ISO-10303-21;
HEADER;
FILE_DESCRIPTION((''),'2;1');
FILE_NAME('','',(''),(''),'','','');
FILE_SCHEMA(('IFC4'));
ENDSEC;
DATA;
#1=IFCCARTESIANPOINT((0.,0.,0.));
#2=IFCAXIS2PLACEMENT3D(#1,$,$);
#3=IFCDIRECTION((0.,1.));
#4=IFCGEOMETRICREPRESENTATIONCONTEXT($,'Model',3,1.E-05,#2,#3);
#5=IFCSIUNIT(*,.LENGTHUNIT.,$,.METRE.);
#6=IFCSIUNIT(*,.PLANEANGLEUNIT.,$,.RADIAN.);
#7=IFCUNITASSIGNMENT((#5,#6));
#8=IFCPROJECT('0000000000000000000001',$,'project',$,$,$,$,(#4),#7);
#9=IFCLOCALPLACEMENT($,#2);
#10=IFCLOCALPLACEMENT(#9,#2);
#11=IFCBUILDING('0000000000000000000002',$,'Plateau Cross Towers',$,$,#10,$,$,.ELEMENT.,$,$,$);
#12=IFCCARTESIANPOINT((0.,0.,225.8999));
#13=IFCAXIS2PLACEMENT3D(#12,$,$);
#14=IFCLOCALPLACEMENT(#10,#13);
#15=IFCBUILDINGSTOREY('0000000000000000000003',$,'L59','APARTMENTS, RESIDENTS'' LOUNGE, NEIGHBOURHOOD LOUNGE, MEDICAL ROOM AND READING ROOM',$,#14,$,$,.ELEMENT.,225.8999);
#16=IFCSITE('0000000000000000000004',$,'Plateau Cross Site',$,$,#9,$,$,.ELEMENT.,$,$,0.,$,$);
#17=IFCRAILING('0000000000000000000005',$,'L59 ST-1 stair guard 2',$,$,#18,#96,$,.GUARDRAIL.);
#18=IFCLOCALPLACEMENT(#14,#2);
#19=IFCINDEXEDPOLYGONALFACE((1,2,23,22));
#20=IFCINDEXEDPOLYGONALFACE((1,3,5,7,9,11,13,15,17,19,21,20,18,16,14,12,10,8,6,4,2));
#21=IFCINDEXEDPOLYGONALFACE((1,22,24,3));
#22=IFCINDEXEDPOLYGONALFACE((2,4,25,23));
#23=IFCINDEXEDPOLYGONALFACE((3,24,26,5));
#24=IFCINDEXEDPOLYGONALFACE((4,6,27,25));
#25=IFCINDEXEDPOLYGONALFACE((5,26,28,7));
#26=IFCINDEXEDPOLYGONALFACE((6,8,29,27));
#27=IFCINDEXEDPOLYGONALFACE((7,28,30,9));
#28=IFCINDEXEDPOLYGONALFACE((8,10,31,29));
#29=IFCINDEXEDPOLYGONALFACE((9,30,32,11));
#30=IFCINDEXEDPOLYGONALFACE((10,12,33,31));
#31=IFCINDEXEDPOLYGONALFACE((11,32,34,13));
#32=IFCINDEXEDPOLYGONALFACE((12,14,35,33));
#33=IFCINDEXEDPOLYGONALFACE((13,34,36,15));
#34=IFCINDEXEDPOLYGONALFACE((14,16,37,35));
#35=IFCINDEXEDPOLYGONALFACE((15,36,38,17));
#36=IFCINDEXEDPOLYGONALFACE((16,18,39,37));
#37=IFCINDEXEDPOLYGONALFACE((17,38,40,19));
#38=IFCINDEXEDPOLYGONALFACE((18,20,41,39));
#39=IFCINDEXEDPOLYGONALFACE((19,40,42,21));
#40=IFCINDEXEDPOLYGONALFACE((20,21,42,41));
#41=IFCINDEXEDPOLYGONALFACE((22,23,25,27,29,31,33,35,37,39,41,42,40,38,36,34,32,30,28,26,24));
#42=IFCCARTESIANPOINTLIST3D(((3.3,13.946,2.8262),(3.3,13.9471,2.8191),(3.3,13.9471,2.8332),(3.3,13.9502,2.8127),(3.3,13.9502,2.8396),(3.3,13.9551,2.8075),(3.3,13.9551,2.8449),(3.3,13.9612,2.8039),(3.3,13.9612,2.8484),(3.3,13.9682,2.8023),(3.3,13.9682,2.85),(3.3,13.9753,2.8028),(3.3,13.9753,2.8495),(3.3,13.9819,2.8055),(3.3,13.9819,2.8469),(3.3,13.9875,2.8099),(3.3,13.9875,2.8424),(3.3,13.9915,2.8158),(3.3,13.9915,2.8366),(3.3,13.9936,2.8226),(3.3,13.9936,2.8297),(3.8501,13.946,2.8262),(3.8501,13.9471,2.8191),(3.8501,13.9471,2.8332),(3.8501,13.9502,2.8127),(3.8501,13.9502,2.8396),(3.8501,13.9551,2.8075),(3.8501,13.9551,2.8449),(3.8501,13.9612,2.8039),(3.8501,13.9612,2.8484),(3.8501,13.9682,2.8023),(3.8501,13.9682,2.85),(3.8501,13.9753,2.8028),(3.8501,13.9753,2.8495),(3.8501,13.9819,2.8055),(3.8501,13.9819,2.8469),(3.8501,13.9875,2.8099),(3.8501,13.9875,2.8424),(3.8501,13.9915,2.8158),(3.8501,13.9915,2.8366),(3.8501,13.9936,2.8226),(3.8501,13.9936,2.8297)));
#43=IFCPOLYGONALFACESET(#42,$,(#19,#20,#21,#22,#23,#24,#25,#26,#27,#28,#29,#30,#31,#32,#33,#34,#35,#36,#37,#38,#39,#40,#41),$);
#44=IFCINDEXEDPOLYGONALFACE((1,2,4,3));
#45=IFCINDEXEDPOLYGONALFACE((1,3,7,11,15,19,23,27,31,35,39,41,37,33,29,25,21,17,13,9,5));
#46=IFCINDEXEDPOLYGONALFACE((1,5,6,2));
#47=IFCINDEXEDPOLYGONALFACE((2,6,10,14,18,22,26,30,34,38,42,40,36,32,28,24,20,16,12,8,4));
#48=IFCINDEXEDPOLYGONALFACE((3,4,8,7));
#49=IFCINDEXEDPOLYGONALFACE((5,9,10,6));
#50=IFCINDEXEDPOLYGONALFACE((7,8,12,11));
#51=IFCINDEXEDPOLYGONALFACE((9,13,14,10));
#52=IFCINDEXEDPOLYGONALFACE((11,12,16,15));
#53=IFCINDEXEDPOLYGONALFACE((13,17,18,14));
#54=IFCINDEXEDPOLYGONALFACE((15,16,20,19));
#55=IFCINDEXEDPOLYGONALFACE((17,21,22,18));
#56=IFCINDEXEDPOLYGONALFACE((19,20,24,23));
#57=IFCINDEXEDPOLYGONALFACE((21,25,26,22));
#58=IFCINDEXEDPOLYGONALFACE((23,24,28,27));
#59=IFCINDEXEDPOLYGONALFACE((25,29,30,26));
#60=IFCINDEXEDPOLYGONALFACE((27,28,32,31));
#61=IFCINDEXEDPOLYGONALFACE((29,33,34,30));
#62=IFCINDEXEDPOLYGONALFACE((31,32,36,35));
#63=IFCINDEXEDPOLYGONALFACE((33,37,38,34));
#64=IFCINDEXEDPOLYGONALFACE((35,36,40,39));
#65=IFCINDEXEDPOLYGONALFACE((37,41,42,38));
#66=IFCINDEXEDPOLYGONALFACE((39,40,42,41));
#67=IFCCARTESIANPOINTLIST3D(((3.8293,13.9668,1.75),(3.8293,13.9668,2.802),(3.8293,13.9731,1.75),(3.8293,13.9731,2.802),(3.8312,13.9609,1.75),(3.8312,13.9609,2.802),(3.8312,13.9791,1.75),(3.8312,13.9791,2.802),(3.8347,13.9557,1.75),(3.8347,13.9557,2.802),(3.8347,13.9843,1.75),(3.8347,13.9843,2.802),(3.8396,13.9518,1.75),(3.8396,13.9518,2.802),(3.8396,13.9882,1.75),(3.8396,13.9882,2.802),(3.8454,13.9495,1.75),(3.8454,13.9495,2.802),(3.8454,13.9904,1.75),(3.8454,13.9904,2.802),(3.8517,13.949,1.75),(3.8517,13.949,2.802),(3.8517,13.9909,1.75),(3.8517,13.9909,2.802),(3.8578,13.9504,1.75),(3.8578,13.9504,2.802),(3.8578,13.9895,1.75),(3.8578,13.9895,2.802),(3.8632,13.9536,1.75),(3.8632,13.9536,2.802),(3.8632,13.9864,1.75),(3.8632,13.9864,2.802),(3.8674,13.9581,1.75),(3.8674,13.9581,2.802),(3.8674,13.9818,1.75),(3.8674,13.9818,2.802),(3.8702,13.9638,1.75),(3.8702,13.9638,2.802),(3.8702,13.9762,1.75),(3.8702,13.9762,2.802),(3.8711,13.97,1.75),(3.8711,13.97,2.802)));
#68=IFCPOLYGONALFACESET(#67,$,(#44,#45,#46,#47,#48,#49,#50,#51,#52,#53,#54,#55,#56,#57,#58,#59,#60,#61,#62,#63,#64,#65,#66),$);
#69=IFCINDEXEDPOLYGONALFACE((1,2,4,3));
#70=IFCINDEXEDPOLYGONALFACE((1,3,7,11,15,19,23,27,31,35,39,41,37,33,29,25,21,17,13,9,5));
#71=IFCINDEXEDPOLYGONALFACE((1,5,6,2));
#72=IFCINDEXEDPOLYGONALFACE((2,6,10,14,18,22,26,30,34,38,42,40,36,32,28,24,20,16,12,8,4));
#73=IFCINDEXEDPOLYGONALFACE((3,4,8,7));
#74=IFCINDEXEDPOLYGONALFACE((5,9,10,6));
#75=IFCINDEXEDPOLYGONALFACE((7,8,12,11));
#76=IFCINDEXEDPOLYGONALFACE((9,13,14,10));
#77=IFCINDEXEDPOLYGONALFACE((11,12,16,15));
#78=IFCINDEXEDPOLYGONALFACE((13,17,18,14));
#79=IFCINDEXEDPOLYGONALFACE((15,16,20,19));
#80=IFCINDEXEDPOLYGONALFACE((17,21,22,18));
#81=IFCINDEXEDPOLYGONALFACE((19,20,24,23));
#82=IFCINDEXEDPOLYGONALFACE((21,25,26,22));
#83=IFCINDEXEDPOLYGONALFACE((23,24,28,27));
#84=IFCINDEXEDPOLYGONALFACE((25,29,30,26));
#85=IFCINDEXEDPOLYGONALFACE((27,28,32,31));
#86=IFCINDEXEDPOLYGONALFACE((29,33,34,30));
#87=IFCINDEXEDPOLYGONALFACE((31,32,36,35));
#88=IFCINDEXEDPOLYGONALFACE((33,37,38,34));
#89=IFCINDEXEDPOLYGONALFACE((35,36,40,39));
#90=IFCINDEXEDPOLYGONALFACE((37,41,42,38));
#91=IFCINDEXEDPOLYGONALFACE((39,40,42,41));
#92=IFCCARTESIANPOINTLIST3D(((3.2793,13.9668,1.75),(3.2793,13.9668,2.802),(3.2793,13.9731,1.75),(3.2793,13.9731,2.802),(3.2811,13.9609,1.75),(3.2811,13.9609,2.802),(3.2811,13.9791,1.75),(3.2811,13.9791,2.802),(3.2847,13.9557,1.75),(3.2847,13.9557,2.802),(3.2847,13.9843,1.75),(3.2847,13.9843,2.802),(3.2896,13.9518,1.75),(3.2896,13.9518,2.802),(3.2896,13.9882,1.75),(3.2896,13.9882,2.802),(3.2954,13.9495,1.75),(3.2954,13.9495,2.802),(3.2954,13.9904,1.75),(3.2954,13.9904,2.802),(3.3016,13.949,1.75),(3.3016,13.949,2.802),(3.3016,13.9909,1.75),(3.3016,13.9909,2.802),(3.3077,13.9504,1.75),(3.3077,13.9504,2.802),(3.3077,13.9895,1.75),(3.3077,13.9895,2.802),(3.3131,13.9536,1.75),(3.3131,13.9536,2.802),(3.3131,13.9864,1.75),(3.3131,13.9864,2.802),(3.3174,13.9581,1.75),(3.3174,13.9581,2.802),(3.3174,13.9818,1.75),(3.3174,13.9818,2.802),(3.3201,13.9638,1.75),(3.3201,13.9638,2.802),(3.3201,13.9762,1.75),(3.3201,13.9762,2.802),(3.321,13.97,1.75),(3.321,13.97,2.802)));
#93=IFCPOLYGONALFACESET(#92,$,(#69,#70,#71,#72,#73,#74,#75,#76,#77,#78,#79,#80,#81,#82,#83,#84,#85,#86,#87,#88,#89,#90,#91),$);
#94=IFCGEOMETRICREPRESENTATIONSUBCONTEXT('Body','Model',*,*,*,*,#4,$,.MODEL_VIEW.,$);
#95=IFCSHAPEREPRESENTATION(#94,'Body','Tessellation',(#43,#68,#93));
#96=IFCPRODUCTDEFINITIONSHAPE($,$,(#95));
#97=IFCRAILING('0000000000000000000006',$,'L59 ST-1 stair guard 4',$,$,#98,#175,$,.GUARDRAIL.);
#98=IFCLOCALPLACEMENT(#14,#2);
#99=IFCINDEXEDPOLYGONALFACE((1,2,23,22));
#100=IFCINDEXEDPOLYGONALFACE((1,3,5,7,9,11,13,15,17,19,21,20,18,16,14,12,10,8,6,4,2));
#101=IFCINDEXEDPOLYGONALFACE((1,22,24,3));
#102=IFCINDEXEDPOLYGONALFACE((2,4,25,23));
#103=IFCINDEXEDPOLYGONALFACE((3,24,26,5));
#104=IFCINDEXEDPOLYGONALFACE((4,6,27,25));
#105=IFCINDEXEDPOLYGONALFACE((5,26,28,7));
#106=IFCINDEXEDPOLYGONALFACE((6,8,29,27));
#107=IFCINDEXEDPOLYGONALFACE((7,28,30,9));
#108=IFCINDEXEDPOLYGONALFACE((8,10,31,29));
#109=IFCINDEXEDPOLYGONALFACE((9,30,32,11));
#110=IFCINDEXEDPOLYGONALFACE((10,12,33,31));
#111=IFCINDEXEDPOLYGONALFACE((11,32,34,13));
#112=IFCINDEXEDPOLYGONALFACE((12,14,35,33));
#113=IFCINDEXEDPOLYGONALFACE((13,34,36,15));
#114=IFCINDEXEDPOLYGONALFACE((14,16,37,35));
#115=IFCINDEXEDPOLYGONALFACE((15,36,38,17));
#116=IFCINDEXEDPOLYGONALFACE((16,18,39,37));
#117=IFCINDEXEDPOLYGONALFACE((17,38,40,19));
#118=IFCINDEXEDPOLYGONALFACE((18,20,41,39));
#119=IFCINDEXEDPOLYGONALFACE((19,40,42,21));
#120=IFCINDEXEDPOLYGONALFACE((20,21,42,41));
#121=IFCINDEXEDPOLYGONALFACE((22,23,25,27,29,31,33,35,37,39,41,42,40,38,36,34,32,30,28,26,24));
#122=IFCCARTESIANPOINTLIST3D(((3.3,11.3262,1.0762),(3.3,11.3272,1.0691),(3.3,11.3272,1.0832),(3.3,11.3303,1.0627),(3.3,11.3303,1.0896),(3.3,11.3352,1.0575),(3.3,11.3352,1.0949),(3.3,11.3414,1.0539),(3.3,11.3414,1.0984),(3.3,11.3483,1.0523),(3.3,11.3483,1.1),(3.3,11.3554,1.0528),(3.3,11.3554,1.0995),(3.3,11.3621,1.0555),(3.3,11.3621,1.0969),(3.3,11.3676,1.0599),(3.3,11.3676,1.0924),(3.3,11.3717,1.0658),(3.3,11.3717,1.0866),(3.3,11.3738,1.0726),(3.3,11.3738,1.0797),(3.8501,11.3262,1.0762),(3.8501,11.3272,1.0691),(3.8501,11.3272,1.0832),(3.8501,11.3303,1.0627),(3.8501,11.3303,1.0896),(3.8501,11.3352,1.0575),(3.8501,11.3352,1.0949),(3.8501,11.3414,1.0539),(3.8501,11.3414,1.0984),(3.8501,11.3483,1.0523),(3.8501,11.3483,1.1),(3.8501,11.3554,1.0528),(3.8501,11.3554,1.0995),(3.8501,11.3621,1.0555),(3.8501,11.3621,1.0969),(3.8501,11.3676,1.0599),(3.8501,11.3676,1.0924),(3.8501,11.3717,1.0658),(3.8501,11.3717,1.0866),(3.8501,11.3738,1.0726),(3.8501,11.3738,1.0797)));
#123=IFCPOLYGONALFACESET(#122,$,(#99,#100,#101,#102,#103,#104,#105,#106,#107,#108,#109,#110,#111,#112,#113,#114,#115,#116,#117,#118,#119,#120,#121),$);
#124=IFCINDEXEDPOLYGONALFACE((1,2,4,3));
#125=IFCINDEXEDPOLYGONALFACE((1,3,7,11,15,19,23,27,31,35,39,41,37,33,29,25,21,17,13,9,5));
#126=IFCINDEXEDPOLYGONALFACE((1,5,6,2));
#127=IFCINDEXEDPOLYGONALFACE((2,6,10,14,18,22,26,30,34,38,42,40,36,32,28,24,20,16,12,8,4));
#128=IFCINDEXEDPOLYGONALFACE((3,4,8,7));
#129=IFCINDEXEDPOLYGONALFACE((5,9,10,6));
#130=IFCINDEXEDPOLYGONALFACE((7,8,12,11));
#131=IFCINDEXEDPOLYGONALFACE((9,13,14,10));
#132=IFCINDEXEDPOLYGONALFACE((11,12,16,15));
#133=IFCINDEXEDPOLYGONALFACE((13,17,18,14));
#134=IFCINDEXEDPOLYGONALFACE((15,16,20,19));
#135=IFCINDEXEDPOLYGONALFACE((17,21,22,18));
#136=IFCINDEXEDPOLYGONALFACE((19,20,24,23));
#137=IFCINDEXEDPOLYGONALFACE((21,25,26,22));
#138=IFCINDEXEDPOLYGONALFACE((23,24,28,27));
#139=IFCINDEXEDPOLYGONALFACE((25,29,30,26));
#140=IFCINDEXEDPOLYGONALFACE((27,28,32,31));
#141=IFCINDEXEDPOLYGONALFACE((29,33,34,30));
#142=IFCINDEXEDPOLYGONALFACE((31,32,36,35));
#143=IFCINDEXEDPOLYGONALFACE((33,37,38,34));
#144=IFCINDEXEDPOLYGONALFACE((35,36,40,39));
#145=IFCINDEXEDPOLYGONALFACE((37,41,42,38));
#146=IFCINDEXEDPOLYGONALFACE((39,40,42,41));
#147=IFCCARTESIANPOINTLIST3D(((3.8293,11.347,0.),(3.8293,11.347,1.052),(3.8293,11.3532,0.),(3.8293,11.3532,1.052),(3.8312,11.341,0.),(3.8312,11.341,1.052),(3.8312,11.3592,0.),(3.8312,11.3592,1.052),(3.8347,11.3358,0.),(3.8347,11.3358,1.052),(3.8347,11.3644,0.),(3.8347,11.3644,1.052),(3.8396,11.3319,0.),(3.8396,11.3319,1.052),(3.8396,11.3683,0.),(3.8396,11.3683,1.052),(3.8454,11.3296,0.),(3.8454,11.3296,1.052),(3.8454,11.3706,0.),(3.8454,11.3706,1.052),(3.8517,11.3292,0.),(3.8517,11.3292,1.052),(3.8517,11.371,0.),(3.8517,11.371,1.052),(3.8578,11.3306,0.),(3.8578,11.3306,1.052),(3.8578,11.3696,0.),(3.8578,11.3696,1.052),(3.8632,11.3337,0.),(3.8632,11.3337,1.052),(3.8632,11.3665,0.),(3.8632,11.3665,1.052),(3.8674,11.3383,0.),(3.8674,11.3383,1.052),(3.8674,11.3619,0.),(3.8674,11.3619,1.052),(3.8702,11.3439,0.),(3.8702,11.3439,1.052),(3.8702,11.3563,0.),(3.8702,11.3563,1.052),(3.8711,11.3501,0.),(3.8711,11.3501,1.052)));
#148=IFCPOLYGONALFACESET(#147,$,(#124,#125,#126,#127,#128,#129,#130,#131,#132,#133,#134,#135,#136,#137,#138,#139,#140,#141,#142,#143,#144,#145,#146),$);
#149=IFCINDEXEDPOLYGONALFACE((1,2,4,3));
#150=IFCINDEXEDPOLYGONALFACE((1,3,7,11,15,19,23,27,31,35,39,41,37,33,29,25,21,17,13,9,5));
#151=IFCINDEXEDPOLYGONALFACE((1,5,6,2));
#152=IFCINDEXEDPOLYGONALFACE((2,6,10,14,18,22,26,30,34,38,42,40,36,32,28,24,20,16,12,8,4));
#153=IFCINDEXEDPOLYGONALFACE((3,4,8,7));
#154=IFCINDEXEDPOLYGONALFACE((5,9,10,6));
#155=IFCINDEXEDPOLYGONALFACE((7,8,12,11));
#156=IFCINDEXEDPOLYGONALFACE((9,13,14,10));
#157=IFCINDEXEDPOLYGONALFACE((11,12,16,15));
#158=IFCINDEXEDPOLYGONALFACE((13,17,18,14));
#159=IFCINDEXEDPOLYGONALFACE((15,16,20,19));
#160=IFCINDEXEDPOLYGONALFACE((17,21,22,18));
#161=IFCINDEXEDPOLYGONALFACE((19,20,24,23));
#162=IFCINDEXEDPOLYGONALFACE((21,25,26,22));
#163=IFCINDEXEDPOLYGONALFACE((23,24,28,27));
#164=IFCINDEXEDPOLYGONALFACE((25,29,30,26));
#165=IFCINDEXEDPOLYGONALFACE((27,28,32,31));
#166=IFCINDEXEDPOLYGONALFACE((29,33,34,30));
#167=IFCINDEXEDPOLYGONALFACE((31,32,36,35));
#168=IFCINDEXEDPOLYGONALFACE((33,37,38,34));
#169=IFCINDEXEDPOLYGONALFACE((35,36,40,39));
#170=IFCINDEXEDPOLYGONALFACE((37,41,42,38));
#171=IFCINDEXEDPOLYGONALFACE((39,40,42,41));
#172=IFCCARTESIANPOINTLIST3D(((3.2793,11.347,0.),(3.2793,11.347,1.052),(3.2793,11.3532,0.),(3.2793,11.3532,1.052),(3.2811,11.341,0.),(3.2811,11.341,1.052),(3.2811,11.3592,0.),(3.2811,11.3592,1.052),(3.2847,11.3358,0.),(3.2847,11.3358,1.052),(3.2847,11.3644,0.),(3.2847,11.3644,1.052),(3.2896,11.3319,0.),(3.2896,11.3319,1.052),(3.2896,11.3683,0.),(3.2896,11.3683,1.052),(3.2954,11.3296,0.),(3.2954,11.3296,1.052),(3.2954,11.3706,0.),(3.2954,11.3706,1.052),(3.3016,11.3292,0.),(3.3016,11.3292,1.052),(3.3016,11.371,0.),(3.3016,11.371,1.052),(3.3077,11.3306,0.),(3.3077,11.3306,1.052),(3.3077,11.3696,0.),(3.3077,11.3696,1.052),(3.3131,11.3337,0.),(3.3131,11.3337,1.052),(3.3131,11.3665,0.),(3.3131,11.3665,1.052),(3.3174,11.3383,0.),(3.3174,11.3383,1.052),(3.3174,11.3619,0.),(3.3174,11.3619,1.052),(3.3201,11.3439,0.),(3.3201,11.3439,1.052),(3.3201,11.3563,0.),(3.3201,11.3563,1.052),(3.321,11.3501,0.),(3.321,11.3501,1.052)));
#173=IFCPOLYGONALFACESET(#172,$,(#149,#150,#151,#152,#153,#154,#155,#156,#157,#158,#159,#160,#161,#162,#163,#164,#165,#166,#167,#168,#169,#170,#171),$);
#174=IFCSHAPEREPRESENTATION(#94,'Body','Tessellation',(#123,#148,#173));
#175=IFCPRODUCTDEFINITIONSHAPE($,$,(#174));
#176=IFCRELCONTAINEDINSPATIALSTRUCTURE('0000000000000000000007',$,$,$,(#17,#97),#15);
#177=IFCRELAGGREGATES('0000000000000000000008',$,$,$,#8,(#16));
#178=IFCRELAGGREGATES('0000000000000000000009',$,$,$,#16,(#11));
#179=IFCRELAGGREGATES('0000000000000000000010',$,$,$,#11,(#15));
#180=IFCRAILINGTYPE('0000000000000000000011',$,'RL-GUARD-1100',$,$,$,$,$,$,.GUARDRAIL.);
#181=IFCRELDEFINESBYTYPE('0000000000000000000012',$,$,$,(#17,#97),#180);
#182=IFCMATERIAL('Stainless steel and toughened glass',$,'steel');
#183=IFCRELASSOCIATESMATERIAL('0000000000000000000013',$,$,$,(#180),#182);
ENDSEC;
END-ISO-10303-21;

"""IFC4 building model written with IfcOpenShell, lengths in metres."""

from ifc_helpers import new_model, si_unit, direction, frame, origin, origin_2d, place, context, subcontext, project, spatial, circle, extrude, material, type_object, element, save


model = new_model("IFC4")

# Units and contexts
model_context = context("Model", 3, precision=1e-05, world=origin(), true_north=direction((0.0, 1.0)))
body_context = subcontext(model_context, "Body", "Model", "MODEL_VIEW")
ifc_project = project(units=[si_unit("LENGTHUNIT", "METRE"), si_unit("PLANEANGLEUNIT", "RADIAN")], contexts=[model_context])

# Site, building, storey
site_placement = place(None, origin())
site = spatial("IfcSite", under=ifc_project, at=site_placement, Name="Plateau Cross Site", CompositionType="ELEMENT", RefElevation=0.0)
building_placement = place(site_placement, origin())
building = spatial("IfcBuilding", under=site, at=building_placement, Name="Plateau Cross Towers", CompositionType="ELEMENT")
storey_placement = place(building_placement, frame((0.0, 0.0, 225.8999)))
storey = spatial("IfcBuildingStorey", under=building, at=storey_placement, Name="L59", Description="APARTMENTS, RESIDENTS' LOUNGE, NEIGHBOURHOOD LOUNGE, MEDICAL ROOM AND READING ROOM", CompositionType="ELEMENT", Elevation=225.8999)

# Railings
ifc_material_1 = material(Name="Stainless steel and toughened glass", Category="steel")
railing_type_1 = type_object("IfcRailingType", Name="RL-GUARD-1100", PredefinedType="GUARDRAIL", material=ifc_material_1)
for number, where, name in (
    (1, (3.8501, 13.97, 1.75), "L59 ST-1 stair guard 2"),
    (2, (3.8501, 11.3501, 0.0), "L59 ST-1 stair guard 4"),
):
    element("IfcRailing", number, at=place(storey_placement, frame(where)), inside=storey, type_object=railing_type_1, Name=name, PredefinedType="GUARDRAIL", context=body_context, shape_type="SweptSolid", body=[
        extrude(circle(Radius=0.0239, at=origin_2d()), frame((0.0, 0.0, 1.0762), z_axis=(-1.0, 0.0, 0.0), x_axis=(0.0, -1.0, 0.0)), (0.0, 0.0, 1.0), 0.55),
        extrude(circle(Radius=0.021, at=origin_2d()), origin(), (0.0, 0.0, 1.0), 1.052),
        extrude(circle(Radius=0.021, at=origin_2d()), frame((-0.55, 0.0, 0.0)), (0.0, 0.0, 1.0), 1.052),
    ])

save(model, "model.ifc")
